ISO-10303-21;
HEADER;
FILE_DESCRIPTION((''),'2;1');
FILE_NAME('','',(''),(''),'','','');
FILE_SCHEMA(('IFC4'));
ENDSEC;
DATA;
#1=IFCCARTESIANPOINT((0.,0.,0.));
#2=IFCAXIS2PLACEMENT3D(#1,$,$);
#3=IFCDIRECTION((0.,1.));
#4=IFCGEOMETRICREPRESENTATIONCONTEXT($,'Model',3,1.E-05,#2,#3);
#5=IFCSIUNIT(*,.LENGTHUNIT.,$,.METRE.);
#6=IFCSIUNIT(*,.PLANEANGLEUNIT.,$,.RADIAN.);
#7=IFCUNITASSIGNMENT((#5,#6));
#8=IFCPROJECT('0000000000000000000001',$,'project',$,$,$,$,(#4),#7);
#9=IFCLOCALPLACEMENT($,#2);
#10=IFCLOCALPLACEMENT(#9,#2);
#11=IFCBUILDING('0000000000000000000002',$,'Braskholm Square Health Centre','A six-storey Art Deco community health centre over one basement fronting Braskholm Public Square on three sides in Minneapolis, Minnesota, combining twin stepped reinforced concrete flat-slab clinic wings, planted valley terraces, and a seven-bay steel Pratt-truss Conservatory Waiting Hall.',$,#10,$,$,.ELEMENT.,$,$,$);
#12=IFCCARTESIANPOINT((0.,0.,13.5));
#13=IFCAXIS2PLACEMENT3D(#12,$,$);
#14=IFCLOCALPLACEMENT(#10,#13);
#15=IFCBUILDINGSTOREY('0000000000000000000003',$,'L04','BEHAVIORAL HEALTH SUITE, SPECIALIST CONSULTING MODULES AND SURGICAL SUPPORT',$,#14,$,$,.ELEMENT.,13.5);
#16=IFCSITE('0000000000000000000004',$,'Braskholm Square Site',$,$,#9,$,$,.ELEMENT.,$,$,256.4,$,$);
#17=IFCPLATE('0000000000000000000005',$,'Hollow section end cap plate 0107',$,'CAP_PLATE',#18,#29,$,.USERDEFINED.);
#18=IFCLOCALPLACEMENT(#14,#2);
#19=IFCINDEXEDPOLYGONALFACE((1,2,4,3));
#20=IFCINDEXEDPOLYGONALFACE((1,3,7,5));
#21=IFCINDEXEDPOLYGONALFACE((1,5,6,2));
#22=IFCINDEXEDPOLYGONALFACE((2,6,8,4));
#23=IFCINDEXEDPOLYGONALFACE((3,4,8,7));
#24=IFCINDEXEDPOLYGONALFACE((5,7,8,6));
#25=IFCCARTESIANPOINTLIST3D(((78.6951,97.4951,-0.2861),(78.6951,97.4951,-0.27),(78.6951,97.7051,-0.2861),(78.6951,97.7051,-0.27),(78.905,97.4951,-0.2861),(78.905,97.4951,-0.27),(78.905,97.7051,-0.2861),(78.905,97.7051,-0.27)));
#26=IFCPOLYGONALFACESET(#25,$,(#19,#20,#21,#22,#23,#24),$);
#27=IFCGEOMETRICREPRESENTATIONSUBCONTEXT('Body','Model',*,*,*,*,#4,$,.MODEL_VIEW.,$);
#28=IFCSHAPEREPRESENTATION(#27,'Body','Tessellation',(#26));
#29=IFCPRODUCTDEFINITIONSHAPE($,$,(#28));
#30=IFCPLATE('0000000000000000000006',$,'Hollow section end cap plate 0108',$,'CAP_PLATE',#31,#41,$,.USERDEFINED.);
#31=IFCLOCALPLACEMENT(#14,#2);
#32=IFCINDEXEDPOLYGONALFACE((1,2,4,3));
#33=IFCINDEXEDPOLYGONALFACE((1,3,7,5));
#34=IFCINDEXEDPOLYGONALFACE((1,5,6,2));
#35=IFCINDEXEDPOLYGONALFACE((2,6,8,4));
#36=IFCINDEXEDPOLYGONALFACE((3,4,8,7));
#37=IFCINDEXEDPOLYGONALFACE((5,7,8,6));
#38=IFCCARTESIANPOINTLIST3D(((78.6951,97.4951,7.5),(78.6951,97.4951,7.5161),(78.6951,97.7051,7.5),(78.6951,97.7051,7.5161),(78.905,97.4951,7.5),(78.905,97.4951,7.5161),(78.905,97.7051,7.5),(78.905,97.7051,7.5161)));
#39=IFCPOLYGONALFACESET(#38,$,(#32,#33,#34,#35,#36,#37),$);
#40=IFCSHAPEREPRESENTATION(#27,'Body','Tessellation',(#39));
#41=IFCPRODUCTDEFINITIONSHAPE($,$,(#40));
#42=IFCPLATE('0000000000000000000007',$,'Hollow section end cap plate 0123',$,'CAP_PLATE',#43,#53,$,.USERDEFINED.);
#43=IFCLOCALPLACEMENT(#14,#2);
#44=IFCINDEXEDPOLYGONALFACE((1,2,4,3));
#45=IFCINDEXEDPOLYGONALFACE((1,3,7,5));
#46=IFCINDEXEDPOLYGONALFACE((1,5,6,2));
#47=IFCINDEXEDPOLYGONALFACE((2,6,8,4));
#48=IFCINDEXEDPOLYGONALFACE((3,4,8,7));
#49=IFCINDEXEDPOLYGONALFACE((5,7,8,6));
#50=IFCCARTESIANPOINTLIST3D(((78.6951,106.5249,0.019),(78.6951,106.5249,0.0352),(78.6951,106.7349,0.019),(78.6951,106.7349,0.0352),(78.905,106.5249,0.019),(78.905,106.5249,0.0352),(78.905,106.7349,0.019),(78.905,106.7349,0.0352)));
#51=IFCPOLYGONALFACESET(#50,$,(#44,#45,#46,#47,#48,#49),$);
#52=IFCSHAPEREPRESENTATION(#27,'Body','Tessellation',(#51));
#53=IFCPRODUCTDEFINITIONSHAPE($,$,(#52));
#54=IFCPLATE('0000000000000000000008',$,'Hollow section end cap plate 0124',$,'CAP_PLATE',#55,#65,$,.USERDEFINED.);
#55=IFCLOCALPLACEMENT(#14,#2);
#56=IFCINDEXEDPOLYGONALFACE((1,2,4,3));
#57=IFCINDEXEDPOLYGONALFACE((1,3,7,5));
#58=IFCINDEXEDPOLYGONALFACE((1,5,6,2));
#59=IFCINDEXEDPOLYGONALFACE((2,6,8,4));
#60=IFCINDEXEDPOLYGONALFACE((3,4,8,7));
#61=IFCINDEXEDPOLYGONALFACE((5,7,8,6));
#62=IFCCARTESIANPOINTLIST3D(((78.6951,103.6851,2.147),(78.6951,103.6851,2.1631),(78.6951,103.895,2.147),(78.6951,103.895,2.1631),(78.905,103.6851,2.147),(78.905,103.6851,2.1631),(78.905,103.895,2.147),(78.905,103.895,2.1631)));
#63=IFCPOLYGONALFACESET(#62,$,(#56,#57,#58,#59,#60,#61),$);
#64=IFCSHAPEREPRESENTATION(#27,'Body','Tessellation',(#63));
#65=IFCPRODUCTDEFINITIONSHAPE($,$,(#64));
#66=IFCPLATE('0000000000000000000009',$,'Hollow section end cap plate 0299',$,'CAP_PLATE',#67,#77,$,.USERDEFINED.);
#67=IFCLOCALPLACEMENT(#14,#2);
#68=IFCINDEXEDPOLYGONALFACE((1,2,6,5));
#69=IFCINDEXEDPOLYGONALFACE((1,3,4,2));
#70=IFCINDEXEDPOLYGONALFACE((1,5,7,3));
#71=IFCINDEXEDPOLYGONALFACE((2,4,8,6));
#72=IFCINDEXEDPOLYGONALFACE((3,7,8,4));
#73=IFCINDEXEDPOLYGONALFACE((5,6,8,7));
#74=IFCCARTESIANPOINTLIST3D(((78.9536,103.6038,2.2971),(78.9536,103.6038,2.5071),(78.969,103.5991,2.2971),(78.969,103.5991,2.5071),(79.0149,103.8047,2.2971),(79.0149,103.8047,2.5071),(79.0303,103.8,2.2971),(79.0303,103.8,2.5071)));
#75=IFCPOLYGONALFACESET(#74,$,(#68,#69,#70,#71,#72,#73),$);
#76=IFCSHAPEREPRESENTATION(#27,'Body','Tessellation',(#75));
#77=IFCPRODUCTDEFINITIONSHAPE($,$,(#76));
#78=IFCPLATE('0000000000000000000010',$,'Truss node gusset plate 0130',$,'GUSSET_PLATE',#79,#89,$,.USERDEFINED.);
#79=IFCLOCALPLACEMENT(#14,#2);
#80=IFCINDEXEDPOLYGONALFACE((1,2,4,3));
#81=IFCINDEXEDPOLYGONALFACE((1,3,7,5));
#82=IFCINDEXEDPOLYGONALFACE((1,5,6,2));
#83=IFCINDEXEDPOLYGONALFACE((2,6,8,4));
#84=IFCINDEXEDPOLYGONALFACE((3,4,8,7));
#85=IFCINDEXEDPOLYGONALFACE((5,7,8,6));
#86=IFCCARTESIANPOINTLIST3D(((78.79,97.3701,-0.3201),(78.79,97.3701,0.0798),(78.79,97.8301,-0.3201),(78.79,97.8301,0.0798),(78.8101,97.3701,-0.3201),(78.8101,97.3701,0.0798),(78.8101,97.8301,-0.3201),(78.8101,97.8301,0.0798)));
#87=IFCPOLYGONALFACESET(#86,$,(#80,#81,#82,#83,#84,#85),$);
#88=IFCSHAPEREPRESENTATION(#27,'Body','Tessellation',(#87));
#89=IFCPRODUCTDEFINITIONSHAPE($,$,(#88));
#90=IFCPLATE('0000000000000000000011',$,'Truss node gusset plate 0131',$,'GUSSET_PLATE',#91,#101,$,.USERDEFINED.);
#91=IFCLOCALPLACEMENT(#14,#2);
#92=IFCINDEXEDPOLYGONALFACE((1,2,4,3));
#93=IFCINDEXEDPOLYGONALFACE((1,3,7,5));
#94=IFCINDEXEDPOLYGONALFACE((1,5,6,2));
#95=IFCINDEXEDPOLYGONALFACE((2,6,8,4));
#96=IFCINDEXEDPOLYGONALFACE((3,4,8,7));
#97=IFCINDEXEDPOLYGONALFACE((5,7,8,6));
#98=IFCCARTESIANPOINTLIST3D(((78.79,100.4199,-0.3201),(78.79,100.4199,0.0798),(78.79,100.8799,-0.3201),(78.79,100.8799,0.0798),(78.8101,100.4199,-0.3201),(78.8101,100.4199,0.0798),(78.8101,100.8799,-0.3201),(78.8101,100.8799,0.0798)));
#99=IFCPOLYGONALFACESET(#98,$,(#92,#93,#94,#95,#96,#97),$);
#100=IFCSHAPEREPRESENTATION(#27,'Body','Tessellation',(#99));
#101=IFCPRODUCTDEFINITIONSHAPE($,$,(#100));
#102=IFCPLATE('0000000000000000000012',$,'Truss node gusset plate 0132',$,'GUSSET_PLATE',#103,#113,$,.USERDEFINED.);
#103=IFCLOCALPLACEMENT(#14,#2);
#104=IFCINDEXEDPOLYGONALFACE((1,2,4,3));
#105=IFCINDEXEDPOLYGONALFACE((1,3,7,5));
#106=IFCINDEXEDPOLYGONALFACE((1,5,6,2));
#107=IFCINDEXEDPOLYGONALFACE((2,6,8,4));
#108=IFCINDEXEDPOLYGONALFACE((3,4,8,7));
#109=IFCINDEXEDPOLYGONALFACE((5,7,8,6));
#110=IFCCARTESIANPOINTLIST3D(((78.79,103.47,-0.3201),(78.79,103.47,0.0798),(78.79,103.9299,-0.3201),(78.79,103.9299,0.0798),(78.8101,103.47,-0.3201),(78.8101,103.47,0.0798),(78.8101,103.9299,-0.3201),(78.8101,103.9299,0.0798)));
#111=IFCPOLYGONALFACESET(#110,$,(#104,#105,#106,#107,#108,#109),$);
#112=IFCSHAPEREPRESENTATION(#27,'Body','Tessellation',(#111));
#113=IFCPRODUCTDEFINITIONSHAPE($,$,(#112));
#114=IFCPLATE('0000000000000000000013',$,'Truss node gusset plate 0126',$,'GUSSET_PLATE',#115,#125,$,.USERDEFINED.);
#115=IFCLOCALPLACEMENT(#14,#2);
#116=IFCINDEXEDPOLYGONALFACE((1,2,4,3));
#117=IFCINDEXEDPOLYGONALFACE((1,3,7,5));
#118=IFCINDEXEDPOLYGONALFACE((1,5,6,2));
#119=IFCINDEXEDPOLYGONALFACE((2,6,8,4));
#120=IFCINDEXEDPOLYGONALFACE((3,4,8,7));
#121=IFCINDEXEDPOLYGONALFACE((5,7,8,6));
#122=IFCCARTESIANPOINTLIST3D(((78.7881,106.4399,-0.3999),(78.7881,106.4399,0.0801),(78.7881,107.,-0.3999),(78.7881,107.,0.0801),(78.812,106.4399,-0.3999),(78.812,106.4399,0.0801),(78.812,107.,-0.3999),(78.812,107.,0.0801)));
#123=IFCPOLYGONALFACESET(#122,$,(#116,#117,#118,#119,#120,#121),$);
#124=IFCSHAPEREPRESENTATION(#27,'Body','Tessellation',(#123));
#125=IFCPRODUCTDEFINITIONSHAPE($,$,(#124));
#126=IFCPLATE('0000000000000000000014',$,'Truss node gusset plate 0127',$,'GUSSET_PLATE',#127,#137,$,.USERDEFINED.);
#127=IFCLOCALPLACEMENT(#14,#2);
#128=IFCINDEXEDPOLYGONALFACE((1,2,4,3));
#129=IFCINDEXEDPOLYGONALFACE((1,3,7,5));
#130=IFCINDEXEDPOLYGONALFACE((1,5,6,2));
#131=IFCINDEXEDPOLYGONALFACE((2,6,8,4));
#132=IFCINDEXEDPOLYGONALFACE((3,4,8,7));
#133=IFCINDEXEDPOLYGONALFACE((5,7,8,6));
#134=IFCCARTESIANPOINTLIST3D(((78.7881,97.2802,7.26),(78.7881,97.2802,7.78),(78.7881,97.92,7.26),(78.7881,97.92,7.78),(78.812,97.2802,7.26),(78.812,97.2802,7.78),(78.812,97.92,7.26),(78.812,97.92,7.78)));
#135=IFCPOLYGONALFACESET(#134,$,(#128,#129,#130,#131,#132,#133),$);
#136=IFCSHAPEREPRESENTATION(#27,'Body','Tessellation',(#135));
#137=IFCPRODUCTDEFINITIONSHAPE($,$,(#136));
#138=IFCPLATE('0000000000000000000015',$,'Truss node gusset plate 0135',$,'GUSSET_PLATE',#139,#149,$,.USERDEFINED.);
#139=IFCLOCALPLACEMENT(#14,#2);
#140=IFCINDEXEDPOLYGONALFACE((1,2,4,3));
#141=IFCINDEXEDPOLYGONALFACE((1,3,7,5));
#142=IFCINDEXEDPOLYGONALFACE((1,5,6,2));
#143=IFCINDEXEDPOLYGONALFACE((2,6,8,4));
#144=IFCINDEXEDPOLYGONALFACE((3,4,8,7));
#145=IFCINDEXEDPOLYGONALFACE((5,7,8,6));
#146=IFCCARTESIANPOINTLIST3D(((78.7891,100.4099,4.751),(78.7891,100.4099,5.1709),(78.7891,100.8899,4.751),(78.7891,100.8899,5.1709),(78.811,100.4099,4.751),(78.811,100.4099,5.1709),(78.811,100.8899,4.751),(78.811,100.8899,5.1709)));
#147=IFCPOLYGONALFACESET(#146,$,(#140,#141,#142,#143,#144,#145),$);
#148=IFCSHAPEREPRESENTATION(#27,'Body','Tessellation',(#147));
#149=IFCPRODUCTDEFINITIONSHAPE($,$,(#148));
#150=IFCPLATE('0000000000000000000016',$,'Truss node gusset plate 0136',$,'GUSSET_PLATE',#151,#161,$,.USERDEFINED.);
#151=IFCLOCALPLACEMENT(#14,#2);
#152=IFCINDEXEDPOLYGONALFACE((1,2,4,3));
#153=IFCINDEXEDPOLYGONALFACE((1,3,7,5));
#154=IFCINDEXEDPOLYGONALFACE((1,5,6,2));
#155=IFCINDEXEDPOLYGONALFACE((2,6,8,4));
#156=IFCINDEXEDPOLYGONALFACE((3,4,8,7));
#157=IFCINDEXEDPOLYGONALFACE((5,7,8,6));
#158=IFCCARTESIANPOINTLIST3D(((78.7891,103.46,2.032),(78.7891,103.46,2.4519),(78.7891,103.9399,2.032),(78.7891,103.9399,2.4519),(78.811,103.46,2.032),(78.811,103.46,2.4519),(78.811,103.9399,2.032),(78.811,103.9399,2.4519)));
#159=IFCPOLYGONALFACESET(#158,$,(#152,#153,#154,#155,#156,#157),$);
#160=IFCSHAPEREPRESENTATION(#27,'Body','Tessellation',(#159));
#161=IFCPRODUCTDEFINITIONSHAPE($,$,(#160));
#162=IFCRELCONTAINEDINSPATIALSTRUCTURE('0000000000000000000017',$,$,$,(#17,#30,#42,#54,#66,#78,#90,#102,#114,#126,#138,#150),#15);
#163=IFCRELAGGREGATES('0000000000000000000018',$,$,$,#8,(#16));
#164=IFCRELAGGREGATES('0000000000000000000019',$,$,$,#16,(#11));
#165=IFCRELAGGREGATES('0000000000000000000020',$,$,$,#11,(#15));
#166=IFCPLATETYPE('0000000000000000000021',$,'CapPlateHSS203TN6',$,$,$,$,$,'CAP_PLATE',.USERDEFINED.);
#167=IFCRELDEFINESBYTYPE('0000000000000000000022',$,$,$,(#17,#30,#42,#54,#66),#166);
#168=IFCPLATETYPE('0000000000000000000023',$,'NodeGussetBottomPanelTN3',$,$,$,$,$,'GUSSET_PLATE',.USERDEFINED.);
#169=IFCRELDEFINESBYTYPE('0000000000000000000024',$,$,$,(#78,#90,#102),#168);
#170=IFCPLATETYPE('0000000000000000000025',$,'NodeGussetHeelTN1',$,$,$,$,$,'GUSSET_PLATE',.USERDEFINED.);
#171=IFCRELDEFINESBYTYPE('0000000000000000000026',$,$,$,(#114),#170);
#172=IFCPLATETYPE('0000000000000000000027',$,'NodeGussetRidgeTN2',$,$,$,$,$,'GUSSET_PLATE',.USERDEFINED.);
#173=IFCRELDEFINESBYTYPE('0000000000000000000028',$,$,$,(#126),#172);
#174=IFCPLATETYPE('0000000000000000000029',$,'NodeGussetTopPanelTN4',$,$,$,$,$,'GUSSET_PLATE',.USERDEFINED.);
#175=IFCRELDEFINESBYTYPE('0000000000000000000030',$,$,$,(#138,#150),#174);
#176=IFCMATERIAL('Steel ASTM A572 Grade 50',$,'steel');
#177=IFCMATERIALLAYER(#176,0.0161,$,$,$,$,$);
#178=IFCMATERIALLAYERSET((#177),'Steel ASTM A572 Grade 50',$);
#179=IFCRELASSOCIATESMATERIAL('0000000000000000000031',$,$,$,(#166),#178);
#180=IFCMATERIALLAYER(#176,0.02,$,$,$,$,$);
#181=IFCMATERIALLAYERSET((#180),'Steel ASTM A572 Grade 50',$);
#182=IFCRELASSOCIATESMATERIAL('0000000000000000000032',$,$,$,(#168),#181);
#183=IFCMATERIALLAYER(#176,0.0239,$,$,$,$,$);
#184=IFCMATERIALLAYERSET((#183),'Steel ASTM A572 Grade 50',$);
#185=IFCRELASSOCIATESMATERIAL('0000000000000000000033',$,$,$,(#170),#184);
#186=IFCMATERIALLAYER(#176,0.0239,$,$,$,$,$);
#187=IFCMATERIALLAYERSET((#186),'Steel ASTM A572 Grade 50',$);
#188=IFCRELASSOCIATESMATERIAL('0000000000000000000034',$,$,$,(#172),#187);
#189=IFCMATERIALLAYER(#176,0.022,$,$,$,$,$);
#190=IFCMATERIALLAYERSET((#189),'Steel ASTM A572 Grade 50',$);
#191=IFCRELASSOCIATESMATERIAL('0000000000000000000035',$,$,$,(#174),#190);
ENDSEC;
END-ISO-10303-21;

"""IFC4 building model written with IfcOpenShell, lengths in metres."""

from ifc_helpers import new_model, si_unit, direction, frame, origin, origin_2d, place, context, subcontext, project, spatial, rectangle, extrude, material, layer, layer_set, type_object, element, save


model = new_model("IFC4")

# Units and contexts
model_context = context("Model", 3, precision=1e-05, world=origin(), true_north=direction((0.0, 1.0)))
body_context = subcontext(model_context, "Body", "Model", "MODEL_VIEW")
ifc_project = project(units=[si_unit("LENGTHUNIT", "METRE"), si_unit("PLANEANGLEUNIT", "RADIAN")], contexts=[model_context])

# Site, building, storey
site_placement = place(None, origin())
site = spatial("IfcSite", under=ifc_project, at=site_placement, Name="Braskholm Square Site", CompositionType="ELEMENT", RefElevation=256.4)
building_placement = place(site_placement, origin())
building = spatial("IfcBuilding", under=site, at=building_placement, Name="Braskholm Square Health Centre", Description="A six-storey Art Deco community health centre over one basement fronting Braskholm Public Square on three sides in Minneapolis, Minnesota, combining twin stepped reinforced concrete flat-slab clinic wings, planted valley terraces, and a seven-bay steel Pratt-truss Conservatory Waiting Hall.", CompositionType="ELEMENT")
storey_placement = place(building_placement, frame((0.0, 0.0, 13.5)))
storey = spatial("IfcBuildingStorey", under=building, at=storey_placement, Name="L04", Description="BEHAVIORAL HEALTH SUITE, SPECIALIST CONSULTING MODULES AND SURGICAL SUPPORT", CompositionType="ELEMENT", Elevation=13.5)

# Plates
ifc_material_1 = material(Name="Steel ASTM A572 Grade 50", Category="steel")
ifc_layer_1 = layer(ifc_material_1, 0.0161)
ifc_layer_set_1 = layer_set([ifc_layer_1], Name="Steel ASTM A572 Grade 50")
plate_type_1 = type_object("IfcPlateType", Name="CapPlateHSS203TN6", ElementType="CAP_PLATE", PredefinedType="USERDEFINED", material=ifc_layer_set_1)
for number, where, z_axis, x_axis, name in (
    (1, (78.8, 97.6001, -0.2861), (0.0, 0.0, 1.0), (1.0, 0.0, 0.0), "Hollow section end cap plate 0107"),
    (2, (78.8, 97.6001, 7.5), (0.0, 0.0, 1.0), (1.0, 0.0, 0.0), "Hollow section end cap plate 0108"),
    (3, (78.8, 106.6299, 0.019), (0.0, 0.0, 1.0), (1.0, 0.0, 0.0), "Hollow section end cap plate 0123"),
    (4, (78.8, 103.79, 2.147), (0.0, 0.0, 1.0), (1.0, 0.0, 0.0), "Hollow section end cap plate 0124"),
):
    element("IfcPlate", number, at=place(storey_placement, frame(where, z_axis=z_axis, x_axis=x_axis)), inside=storey, type_object=plate_type_1, Name=name, ObjectType="CAP_PLATE", PredefinedType="USERDEFINED", context=body_context, shape_type="SweptSolid", body=[
        extrude(rectangle(XDim=0.21, YDim=0.21, at=origin_2d()), origin(), (0.0, 0.0, 1.0), 0.0161),
    ])
plate_1_placement = place(storey_placement, frame((78.9919, 103.7019, 2.2971), z_axis=(0.0, 0.0, 1.0), x_axis=(0.956498, -0.291737, 0.0)))
element("IfcPlate", 5, at=plate_1_placement, inside=storey, type_object=plate_type_1, Name="Hollow section end cap plate 0299", ObjectType="CAP_PLATE", PredefinedType="USERDEFINED", context=body_context, shape_type="SweptSolid", body=[
    extrude(rectangle(XDim=0.0161, YDim=0.21, at=origin_2d()), origin(), (0.0, 0.0, 1.0), 0.21),
])
ifc_layer_2 = layer(ifc_material_1, 0.02)
ifc_layer_set_2 = layer_set([ifc_layer_2], Name="Steel ASTM A572 Grade 50")
plate_type_2 = type_object("IfcPlateType", Name="NodeGussetBottomPanelTN3", ElementType="GUSSET_PLATE", PredefinedType="USERDEFINED", material=ifc_layer_set_2)
for number, where, z_axis, x_axis, name in (
    (6, (78.8, 97.6001, -0.3201), (0.0, 0.0, 1.0), (1.0, 0.0, 0.0), "Truss node gusset plate 0130"),
    (7, (78.8, 100.6499, -0.3201), (0.0, 0.0, 1.0), (1.0, 0.0, 0.0), "Truss node gusset plate 0131"),
    (8, (78.8, 103.7, -0.3201), (0.0, 0.0, 1.0), (1.0, 0.0, 0.0), "Truss node gusset plate 0132"),
):
    element("IfcPlate", number, at=place(storey_placement, frame(where, z_axis=z_axis, x_axis=x_axis)), inside=storey, type_object=plate_type_2, Name=name, ObjectType="GUSSET_PLATE", PredefinedType="USERDEFINED", context=body_context, shape_type="SweptSolid", body=[
        extrude(rectangle(XDim=0.02, YDim=0.46, at=origin_2d()), origin(), (0.0, 0.0, 1.0), 0.3999),
    ])
ifc_layer_3 = layer(ifc_material_1, 0.0239)
ifc_layer_set_3 = layer_set([ifc_layer_3], Name="Steel ASTM A572 Grade 50")
plate_type_3 = type_object("IfcPlateType", Name="NodeGussetHeelTN1", ElementType="GUSSET_PLATE", PredefinedType="USERDEFINED", material=ifc_layer_set_3)
plate_2_placement = place(storey_placement, frame((78.8, 106.72, -0.3999), z_axis=(0.0, 0.0, 1.0), x_axis=(1.0, 0.0, 0.0)))
element("IfcPlate", 9, at=plate_2_placement, inside=storey, type_object=plate_type_3, Name="Truss node gusset plate 0126", ObjectType="GUSSET_PLATE", PredefinedType="USERDEFINED", context=body_context, shape_type="SweptSolid", body=[
    extrude(rectangle(XDim=0.0239, YDim=0.5601, at=origin_2d()), origin(), (0.0, 0.0, 1.0), 0.48),
])
ifc_layer_4 = layer(ifc_material_1, 0.0239)
ifc_layer_set_4 = layer_set([ifc_layer_4], Name="Steel ASTM A572 Grade 50")
plate_type_4 = type_object("IfcPlateType", Name="NodeGussetRidgeTN2", ElementType="GUSSET_PLATE", PredefinedType="USERDEFINED", material=ifc_layer_set_4)
plate_3_placement = place(storey_placement, frame((78.8, 97.6001, 7.26), z_axis=(0.0, 0.0, 1.0), x_axis=(1.0, 0.0, 0.0)))
element("IfcPlate", 10, at=plate_3_placement, inside=storey, type_object=plate_type_4, Name="Truss node gusset plate 0127", ObjectType="GUSSET_PLATE", PredefinedType="USERDEFINED", context=body_context, shape_type="SweptSolid", body=[
    extrude(rectangle(XDim=0.0239, YDim=0.6399, at=origin_2d()), origin(), (0.0, 0.0, 1.0), 0.52),
])
ifc_layer_5 = layer(ifc_material_1, 0.022)
ifc_layer_set_5 = layer_set([ifc_layer_5], Name="Steel ASTM A572 Grade 50")
plate_type_5 = type_object("IfcPlateType", Name="NodeGussetTopPanelTN4", ElementType="GUSSET_PLATE", PredefinedType="USERDEFINED", material=ifc_layer_set_5)
for number, where, z_axis, x_axis, name in (
    (11, (78.8, 100.6499, 4.751), (0.0, 0.0, 1.0), (1.0, 0.0, 0.0), "Truss node gusset plate 0135"),
    (12, (78.8, 103.7, 2.032), (0.0, 0.0, 1.0), (1.0, 0.0, 0.0), "Truss node gusset plate 0136"),
):
    element("IfcPlate", number, at=place(storey_placement, frame(where, z_axis=z_axis, x_axis=x_axis)), inside=storey, type_object=plate_type_5, Name=name, ObjectType="GUSSET_PLATE", PredefinedType="USERDEFINED", context=body_context, shape_type="SweptSolid", body=[
        extrude(rectangle(XDim=0.022, YDim=0.48, at=origin_2d()), origin(), (0.0, 0.0, 1.0), 0.4199),
    ])

save(model, "model.ifc")
